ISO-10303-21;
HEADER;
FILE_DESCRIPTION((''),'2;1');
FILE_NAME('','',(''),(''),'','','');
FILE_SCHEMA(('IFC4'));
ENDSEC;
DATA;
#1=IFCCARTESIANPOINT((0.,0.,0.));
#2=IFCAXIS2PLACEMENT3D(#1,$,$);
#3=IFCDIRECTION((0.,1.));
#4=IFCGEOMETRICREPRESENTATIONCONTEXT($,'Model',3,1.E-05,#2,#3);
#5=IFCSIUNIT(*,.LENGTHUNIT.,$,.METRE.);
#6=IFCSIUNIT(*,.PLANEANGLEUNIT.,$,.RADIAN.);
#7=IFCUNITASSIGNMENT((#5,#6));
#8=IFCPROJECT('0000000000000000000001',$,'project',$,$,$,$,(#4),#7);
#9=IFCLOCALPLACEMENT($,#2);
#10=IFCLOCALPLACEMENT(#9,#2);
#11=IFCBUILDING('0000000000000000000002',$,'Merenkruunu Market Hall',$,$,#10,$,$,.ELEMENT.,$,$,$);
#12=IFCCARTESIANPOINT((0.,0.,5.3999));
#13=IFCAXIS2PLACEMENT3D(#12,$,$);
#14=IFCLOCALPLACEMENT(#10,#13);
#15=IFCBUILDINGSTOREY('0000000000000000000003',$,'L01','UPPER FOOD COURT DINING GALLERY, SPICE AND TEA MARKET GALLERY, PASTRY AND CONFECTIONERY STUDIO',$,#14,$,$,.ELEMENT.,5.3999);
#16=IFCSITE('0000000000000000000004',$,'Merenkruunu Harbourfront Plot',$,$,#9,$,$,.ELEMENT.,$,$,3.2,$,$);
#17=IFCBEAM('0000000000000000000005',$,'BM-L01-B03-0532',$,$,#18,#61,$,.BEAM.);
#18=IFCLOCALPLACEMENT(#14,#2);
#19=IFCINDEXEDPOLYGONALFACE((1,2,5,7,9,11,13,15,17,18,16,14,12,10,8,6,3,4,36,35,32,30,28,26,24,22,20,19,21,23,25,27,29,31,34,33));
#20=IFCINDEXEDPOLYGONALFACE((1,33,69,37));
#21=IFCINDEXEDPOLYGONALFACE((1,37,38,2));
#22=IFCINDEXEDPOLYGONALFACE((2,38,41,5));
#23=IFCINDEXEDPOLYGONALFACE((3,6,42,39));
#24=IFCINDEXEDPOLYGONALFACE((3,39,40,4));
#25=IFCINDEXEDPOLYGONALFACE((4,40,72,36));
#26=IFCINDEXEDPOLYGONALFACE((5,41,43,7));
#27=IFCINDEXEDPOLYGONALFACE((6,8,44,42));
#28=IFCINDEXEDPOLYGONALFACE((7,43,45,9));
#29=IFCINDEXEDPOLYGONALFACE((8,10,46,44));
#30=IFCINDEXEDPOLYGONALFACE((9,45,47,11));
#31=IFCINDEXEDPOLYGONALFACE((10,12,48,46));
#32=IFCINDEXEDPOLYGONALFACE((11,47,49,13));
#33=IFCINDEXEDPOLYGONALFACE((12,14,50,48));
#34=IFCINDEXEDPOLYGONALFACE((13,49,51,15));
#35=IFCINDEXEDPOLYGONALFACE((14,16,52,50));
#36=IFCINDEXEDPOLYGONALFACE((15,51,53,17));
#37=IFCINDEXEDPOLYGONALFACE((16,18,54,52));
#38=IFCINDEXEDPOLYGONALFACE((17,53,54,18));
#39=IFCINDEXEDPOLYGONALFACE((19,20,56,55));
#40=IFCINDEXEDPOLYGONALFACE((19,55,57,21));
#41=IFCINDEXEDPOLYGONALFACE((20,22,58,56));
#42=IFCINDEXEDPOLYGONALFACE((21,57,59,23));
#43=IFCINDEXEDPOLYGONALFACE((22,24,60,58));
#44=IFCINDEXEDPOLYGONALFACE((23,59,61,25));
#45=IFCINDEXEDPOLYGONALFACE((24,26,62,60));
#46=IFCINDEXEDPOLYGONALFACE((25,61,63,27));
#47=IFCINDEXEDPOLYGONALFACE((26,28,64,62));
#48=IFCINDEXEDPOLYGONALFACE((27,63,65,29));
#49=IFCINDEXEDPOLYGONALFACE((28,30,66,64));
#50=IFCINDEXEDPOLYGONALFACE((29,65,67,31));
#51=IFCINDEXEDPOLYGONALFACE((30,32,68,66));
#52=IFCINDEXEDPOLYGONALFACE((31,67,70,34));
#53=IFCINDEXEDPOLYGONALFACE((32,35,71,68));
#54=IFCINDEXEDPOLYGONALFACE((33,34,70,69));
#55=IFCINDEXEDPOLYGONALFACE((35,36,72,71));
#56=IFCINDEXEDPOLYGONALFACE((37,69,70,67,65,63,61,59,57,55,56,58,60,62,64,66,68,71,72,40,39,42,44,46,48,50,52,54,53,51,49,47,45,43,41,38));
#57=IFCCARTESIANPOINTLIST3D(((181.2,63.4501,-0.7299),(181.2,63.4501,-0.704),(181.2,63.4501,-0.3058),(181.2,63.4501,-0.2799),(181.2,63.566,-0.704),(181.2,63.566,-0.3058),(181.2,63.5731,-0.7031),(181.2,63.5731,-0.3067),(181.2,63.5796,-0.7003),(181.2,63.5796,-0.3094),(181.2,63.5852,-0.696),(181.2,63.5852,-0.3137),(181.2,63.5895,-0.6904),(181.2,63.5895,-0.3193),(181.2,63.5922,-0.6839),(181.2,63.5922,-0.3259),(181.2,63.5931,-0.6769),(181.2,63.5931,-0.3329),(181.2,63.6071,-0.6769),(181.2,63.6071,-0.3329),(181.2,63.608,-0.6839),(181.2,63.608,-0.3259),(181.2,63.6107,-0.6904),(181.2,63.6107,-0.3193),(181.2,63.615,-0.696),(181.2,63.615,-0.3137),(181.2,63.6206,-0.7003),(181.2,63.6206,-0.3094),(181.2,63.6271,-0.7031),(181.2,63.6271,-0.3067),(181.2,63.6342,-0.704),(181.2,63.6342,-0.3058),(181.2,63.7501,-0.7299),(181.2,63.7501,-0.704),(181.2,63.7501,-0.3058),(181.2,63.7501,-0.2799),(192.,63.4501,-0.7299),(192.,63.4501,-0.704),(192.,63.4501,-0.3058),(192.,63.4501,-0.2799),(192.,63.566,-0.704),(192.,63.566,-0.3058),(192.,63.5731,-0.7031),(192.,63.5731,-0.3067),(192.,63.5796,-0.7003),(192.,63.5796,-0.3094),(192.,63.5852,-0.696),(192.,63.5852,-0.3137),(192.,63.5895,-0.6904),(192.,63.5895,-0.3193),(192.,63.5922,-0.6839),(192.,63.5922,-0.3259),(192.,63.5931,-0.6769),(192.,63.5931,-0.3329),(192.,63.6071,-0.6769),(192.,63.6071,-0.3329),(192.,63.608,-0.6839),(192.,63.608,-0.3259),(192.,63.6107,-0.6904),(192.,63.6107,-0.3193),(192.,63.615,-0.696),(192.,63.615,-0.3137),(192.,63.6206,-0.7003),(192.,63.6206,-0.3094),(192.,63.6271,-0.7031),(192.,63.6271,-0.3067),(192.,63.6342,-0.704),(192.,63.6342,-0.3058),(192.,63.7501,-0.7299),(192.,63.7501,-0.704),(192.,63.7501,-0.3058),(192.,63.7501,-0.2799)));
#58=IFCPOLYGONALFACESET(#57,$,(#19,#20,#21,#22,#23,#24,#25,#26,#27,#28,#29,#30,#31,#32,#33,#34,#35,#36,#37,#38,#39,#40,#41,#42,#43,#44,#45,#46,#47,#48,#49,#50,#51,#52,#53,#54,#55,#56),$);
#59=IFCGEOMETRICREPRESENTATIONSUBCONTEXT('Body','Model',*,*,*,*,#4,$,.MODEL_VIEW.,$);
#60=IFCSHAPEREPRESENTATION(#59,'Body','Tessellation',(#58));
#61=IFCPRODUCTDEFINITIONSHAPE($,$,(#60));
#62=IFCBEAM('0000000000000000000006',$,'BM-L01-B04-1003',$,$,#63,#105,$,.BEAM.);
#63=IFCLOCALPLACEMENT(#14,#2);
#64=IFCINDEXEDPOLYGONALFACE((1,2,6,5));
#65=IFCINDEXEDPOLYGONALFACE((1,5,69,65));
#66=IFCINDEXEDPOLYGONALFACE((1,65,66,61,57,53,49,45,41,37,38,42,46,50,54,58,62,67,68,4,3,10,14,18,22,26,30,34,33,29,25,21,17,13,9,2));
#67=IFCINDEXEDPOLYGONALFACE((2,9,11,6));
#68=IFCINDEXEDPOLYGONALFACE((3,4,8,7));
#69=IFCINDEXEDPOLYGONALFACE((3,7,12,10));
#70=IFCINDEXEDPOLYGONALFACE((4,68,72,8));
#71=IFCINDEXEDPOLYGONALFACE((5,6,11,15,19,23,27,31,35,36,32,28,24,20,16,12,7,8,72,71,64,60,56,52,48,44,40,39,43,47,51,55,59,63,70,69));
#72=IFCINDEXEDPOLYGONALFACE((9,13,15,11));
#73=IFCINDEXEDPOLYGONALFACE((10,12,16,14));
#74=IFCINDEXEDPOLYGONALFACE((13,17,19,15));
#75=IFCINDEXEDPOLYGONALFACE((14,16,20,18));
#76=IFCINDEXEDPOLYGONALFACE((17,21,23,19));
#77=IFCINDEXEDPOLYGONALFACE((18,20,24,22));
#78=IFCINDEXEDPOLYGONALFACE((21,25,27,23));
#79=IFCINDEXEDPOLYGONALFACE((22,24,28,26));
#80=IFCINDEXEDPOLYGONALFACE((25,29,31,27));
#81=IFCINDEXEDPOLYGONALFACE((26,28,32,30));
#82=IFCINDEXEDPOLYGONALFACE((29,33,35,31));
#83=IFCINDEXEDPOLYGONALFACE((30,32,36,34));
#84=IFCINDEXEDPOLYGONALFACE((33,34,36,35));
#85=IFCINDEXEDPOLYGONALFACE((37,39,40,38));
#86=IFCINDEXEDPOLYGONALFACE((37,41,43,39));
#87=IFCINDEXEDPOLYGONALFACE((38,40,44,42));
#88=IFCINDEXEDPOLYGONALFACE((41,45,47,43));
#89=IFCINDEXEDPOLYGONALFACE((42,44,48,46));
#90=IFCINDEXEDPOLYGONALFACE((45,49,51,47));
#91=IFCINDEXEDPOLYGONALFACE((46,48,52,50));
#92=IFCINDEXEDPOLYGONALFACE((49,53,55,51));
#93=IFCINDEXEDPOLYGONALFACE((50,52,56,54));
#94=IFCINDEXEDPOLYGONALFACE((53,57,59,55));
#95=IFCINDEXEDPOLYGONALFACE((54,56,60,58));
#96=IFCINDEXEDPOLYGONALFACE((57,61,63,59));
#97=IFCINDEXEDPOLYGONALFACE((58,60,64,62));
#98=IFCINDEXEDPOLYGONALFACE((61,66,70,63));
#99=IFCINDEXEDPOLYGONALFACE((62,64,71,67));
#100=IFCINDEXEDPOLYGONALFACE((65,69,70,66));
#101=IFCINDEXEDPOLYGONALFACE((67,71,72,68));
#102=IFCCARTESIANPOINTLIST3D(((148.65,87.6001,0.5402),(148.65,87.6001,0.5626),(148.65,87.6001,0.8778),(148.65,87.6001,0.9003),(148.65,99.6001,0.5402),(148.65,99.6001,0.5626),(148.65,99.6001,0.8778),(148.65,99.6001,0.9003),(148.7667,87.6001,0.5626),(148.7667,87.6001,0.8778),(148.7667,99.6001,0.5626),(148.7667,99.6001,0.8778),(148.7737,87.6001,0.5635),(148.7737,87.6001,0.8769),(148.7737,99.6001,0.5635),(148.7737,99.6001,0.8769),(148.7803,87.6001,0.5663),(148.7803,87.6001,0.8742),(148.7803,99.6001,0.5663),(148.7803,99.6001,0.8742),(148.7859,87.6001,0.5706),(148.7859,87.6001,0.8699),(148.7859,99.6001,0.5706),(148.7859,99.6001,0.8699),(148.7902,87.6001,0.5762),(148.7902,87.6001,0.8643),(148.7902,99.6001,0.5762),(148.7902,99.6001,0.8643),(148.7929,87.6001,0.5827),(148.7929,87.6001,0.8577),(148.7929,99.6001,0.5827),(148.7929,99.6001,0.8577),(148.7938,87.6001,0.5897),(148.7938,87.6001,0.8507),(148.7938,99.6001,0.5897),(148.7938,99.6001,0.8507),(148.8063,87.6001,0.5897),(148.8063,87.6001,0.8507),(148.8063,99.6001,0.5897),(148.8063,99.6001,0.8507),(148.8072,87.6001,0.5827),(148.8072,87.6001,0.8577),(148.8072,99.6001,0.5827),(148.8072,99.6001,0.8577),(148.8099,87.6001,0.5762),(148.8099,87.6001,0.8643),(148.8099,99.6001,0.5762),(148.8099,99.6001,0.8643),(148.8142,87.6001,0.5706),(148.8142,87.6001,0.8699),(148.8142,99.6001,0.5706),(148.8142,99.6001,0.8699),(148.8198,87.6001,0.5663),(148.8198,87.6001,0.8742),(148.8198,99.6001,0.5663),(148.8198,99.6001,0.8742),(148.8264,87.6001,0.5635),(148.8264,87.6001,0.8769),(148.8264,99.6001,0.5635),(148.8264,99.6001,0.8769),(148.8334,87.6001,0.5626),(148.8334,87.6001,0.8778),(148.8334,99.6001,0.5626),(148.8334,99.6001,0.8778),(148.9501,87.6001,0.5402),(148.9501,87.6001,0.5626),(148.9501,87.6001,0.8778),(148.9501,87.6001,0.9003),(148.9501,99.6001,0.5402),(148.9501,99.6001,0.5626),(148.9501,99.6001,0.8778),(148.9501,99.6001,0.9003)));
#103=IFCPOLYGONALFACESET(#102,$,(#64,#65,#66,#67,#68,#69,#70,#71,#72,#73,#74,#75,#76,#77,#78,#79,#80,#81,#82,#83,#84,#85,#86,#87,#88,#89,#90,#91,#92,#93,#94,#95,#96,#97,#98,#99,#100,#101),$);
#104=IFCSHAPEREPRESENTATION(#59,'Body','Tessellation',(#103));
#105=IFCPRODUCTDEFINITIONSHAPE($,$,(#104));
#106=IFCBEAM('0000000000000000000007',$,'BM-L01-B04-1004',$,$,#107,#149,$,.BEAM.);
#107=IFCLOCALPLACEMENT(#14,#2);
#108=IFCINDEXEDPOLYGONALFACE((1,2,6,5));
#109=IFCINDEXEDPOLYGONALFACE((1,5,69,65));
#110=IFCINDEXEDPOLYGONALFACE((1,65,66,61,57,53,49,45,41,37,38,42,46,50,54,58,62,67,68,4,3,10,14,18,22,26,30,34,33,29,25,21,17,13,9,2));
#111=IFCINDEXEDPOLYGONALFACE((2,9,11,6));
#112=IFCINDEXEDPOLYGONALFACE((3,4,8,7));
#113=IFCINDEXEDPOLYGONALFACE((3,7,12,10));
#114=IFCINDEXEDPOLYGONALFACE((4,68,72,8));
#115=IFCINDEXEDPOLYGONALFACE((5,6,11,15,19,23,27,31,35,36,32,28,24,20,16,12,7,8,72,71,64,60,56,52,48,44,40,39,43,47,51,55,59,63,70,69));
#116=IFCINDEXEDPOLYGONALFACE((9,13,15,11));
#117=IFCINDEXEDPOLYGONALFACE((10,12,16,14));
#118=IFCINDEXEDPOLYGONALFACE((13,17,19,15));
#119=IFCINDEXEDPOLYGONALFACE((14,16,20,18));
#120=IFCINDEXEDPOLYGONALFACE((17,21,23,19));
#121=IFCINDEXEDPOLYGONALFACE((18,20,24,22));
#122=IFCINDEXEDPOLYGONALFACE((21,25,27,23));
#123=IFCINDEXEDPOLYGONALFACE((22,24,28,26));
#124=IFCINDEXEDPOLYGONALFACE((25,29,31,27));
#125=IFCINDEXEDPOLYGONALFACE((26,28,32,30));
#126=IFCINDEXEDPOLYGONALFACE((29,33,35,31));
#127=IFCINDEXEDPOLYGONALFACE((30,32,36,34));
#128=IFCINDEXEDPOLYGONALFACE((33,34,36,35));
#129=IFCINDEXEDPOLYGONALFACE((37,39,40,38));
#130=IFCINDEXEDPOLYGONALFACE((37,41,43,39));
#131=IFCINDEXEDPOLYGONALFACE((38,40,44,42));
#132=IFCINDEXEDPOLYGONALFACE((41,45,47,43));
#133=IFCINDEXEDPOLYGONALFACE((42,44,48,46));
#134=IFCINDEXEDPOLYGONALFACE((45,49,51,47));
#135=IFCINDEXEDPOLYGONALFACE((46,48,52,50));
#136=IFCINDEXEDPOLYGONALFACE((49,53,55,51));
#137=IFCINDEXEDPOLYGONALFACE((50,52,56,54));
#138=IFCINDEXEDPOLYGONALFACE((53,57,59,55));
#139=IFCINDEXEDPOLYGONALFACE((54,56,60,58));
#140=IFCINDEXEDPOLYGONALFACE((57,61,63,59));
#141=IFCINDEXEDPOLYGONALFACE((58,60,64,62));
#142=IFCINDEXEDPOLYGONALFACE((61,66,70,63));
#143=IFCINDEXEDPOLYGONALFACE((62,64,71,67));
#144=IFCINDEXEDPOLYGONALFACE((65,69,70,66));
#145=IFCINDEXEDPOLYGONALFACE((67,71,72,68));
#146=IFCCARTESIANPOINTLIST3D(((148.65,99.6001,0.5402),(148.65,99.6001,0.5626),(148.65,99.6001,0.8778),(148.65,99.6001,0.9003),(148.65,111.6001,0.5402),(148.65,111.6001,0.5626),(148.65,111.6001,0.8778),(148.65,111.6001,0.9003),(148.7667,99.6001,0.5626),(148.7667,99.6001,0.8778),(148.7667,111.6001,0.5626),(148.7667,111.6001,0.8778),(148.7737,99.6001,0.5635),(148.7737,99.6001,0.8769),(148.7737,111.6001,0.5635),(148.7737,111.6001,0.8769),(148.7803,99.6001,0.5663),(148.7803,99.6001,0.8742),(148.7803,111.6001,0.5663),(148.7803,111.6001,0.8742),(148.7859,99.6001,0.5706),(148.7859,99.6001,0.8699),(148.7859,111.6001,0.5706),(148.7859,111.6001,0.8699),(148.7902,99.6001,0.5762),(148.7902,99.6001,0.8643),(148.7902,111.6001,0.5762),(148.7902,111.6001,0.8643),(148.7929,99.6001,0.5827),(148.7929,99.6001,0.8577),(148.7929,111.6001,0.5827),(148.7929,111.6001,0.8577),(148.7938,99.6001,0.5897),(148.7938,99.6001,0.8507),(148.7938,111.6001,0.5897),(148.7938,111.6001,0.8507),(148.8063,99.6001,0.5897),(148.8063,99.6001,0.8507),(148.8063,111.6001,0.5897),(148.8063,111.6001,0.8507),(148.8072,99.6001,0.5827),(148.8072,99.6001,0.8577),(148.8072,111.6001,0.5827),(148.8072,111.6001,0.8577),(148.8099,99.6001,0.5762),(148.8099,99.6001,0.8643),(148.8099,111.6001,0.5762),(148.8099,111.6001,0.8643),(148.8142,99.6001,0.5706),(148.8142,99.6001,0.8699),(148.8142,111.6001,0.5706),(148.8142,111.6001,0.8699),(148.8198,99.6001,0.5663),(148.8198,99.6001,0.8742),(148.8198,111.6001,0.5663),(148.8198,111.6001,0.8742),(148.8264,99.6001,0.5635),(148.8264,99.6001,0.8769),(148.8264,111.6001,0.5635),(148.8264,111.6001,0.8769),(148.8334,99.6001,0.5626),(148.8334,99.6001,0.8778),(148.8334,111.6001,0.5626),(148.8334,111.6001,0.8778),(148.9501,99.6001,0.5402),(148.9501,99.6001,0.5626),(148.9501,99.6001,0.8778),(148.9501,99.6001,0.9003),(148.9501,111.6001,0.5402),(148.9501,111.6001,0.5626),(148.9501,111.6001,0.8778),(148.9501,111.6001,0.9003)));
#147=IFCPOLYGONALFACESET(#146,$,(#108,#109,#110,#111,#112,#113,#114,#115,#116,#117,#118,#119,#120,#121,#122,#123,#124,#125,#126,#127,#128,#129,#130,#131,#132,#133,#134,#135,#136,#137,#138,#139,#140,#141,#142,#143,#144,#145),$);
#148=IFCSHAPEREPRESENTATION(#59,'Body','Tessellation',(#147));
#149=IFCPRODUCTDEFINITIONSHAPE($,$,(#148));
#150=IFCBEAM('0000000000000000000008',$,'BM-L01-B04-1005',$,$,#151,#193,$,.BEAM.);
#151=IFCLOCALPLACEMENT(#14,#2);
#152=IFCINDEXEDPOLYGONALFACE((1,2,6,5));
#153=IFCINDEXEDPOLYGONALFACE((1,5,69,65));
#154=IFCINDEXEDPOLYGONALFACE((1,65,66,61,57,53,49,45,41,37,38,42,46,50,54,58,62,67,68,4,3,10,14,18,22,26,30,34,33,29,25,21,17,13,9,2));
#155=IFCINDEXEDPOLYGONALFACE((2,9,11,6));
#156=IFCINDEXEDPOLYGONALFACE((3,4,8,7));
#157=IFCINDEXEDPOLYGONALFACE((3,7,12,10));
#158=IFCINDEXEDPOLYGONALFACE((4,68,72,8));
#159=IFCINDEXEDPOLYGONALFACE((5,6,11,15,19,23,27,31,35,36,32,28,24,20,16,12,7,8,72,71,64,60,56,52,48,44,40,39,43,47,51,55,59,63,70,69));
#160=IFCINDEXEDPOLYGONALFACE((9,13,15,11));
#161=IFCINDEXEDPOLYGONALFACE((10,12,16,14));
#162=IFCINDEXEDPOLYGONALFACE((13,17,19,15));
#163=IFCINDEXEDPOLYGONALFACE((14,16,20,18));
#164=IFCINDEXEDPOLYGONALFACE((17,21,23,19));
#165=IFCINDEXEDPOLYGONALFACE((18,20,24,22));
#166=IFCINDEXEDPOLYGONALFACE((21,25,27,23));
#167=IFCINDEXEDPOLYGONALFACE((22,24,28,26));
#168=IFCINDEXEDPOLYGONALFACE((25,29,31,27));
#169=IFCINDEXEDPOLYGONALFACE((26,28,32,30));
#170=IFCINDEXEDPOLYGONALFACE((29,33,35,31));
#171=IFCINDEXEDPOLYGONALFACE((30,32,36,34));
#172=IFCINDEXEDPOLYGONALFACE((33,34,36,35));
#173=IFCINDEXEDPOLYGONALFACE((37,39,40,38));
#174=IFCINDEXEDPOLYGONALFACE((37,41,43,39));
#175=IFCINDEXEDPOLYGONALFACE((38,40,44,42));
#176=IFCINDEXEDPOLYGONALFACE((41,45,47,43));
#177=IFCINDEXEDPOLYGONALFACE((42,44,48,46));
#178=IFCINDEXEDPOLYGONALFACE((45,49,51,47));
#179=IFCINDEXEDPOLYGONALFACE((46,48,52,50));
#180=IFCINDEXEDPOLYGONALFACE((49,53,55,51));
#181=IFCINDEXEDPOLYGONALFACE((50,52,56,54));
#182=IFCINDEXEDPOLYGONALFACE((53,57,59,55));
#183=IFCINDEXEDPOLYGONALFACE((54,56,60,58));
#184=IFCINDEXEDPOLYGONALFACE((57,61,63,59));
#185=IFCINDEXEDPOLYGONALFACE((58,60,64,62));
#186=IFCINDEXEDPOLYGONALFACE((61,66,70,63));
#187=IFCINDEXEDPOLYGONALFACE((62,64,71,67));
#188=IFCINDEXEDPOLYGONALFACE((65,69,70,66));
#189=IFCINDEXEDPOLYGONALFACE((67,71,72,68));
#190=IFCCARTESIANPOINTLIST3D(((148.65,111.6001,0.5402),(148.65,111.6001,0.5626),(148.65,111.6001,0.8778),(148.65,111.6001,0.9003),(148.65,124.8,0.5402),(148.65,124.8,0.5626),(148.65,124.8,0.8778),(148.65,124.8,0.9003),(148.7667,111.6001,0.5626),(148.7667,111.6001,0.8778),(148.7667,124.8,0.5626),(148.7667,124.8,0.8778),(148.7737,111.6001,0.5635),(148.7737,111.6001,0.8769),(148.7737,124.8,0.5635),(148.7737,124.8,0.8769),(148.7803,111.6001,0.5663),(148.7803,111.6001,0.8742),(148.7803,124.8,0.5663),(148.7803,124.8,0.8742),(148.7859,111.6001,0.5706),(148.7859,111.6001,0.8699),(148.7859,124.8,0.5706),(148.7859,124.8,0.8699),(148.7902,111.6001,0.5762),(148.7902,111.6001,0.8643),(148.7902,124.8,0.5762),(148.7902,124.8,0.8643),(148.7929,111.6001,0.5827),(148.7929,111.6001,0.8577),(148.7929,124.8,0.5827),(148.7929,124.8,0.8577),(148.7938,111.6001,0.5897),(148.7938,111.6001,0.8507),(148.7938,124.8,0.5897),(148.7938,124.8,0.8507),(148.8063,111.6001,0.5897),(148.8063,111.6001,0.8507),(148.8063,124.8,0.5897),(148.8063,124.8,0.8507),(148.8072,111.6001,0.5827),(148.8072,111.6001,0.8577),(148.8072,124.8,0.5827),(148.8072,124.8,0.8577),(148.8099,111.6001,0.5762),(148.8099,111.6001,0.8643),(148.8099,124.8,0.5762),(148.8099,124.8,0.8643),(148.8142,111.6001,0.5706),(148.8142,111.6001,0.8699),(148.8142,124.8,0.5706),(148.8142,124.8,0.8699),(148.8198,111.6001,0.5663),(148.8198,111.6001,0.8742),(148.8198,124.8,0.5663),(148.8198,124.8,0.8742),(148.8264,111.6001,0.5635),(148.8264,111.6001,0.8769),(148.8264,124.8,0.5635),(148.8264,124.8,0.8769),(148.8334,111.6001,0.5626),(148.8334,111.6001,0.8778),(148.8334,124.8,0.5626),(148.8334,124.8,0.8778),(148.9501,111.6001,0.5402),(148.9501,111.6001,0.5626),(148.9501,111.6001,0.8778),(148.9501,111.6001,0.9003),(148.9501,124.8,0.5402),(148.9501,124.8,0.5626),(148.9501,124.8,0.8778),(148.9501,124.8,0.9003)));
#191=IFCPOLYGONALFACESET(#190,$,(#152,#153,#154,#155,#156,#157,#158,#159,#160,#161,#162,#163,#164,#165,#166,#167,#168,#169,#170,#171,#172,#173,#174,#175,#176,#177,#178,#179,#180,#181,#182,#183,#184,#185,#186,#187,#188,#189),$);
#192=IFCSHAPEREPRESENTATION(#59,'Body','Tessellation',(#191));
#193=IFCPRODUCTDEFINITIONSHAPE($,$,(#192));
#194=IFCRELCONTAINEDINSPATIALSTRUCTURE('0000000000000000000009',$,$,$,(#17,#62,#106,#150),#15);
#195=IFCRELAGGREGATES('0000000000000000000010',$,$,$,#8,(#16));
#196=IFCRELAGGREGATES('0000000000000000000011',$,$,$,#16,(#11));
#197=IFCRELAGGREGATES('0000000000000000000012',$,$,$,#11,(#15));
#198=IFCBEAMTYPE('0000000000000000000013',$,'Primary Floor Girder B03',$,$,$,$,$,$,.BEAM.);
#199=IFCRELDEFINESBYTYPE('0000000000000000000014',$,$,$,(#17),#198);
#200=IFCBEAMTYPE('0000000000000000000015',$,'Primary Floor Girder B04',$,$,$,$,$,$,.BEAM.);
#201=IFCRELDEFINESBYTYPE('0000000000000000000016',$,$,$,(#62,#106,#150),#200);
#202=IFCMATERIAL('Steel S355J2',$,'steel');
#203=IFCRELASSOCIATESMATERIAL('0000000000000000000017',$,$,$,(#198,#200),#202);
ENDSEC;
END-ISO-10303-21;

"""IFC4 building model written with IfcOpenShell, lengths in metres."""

from ifc_helpers import new_model, si_unit, direction, frame, origin, origin_2d, place, context, subcontext, project, spatial, i_section, extrude, material, material_profile, profile_set, type_object, element, save


model = new_model("IFC4")

# Units and contexts
model_context = context("Model", 3, precision=1e-05, world=origin(), true_north=direction((0.0, 1.0)))
body_context = subcontext(model_context, "Body", "Model", "MODEL_VIEW")
ifc_project = project(units=[si_unit("LENGTHUNIT", "METRE"), si_unit("PLANEANGLEUNIT", "RADIAN")], contexts=[model_context])

# Site, building, storey
site_placement = place(None, origin())
site = spatial("IfcSite", under=ifc_project, at=site_placement, Name="Merenkruunu Harbourfront Plot", CompositionType="ELEMENT", RefElevation=3.2)
building_placement = place(site_placement, origin())
building = spatial("IfcBuilding", under=site, at=building_placement, Name="Merenkruunu Market Hall", CompositionType="ELEMENT")
storey_placement = place(building_placement, frame((0.0, 0.0, 5.3999)))
storey = spatial("IfcBuildingStorey", under=building, at=storey_placement, Name="L01", Description="UPPER FOOD COURT DINING GALLERY, SPICE AND TEA MARKET GALLERY, PASTRY AND CONFECTIONERY STUDIO", CompositionType="ELEMENT", Elevation=5.3999)

# Shared definitions
ifc_material_1 = material(Name="Steel S355J2", Category="steel")

# Beams
ifc_material_profile_1 = material_profile(ifc_material_1, i_section(OverallWidth=0.3, OverallDepth=0.45, WebThickness=0.0139, FlangeThickness=0.0259, FilletRadius=0.0271, at=origin_2d()), Name="HEB 450")
ifc_profile_set_1 = profile_set([ifc_material_profile_1], Name="Steel S355J2")
beam_type_1 = type_object("IfcBeamType", Name="Primary Floor Girder B03", PredefinedType="BEAM", material=ifc_profile_set_1)
for number, where, z_axis, x_axis, name in (
    (1, (181.2, 63.6001, -0.5049), (1.0, 0.0, 0.0), (0.0, 1.0, 0.0), "BM-L01-B03-0532"),
):
    element("IfcBeam", number, at=place(storey_placement, frame(where, z_axis=z_axis, x_axis=x_axis)), inside=storey, type_object=beam_type_1, Name=name, PredefinedType="BEAM", context=body_context, shape_type="SweptSolid", body=[
        extrude(i_section(OverallWidth=0.3, OverallDepth=0.45, WebThickness=0.0139, FlangeThickness=0.0259, FilletRadius=0.0271, at=origin_2d()), origin(), (0.0, 0.0, 1.0), 10.8),
    ])
ifc_material_profile_2 = material_profile(ifc_material_1, i_section(OverallWidth=0.3, OverallDepth=0.3601, WebThickness=0.0125, FlangeThickness=0.0225, FilletRadius=0.0271, at=origin_2d()), Name="HEB 360")
ifc_profile_set_2 = profile_set([ifc_material_profile_2], Name="Steel S355J2")
beam_type_2 = type_object("IfcBeamType", Name="Primary Floor Girder B04", PredefinedType="BEAM", material=ifc_profile_set_2)
for number, where, z_axis, x_axis, name in (
    (2, (148.8, 87.6001, 0.7202), (0.0, 1.0, 0.0), (-1.0, 0.0, 0.0), "BM-L01-B04-1003"),
    (3, (148.8, 99.6001, 0.7202), (0.0, 1.0, 0.0), (-1.0, 0.0, 0.0), "BM-L01-B04-1004"),
):
    element("IfcBeam", number, at=place(storey_placement, frame(where, z_axis=z_axis, x_axis=x_axis)), inside=storey, type_object=beam_type_2, Name=name, PredefinedType="BEAM", context=body_context, shape_type="SweptSolid", body=[
        extrude(i_section(OverallWidth=0.3, OverallDepth=0.3601, WebThickness=0.0125, FlangeThickness=0.0225, FilletRadius=0.0271, at=origin_2d()), origin(), (0.0, 0.0, 1.0), 12.0),
    ])
beam_1_placement = place(storey_placement, frame((148.8, 111.6001, 0.7202), z_axis=(0.0, 1.0, 0.0), x_axis=(-1.0, 0.0, 0.0)))
element("IfcBeam", 4, at=beam_1_placement, inside=storey, type_object=beam_type_2, Name="BM-L01-B04-1005", PredefinedType="BEAM", context=body_context, shape_type="SweptSolid", body=[
    extrude(i_section(OverallWidth=0.3, OverallDepth=0.3601, WebThickness=0.0125, FlangeThickness=0.0225, FilletRadius=0.0271, at=origin_2d()), origin(), (0.0, 0.0, 1.0), 13.2),
])

save(model, "model.ifc")
